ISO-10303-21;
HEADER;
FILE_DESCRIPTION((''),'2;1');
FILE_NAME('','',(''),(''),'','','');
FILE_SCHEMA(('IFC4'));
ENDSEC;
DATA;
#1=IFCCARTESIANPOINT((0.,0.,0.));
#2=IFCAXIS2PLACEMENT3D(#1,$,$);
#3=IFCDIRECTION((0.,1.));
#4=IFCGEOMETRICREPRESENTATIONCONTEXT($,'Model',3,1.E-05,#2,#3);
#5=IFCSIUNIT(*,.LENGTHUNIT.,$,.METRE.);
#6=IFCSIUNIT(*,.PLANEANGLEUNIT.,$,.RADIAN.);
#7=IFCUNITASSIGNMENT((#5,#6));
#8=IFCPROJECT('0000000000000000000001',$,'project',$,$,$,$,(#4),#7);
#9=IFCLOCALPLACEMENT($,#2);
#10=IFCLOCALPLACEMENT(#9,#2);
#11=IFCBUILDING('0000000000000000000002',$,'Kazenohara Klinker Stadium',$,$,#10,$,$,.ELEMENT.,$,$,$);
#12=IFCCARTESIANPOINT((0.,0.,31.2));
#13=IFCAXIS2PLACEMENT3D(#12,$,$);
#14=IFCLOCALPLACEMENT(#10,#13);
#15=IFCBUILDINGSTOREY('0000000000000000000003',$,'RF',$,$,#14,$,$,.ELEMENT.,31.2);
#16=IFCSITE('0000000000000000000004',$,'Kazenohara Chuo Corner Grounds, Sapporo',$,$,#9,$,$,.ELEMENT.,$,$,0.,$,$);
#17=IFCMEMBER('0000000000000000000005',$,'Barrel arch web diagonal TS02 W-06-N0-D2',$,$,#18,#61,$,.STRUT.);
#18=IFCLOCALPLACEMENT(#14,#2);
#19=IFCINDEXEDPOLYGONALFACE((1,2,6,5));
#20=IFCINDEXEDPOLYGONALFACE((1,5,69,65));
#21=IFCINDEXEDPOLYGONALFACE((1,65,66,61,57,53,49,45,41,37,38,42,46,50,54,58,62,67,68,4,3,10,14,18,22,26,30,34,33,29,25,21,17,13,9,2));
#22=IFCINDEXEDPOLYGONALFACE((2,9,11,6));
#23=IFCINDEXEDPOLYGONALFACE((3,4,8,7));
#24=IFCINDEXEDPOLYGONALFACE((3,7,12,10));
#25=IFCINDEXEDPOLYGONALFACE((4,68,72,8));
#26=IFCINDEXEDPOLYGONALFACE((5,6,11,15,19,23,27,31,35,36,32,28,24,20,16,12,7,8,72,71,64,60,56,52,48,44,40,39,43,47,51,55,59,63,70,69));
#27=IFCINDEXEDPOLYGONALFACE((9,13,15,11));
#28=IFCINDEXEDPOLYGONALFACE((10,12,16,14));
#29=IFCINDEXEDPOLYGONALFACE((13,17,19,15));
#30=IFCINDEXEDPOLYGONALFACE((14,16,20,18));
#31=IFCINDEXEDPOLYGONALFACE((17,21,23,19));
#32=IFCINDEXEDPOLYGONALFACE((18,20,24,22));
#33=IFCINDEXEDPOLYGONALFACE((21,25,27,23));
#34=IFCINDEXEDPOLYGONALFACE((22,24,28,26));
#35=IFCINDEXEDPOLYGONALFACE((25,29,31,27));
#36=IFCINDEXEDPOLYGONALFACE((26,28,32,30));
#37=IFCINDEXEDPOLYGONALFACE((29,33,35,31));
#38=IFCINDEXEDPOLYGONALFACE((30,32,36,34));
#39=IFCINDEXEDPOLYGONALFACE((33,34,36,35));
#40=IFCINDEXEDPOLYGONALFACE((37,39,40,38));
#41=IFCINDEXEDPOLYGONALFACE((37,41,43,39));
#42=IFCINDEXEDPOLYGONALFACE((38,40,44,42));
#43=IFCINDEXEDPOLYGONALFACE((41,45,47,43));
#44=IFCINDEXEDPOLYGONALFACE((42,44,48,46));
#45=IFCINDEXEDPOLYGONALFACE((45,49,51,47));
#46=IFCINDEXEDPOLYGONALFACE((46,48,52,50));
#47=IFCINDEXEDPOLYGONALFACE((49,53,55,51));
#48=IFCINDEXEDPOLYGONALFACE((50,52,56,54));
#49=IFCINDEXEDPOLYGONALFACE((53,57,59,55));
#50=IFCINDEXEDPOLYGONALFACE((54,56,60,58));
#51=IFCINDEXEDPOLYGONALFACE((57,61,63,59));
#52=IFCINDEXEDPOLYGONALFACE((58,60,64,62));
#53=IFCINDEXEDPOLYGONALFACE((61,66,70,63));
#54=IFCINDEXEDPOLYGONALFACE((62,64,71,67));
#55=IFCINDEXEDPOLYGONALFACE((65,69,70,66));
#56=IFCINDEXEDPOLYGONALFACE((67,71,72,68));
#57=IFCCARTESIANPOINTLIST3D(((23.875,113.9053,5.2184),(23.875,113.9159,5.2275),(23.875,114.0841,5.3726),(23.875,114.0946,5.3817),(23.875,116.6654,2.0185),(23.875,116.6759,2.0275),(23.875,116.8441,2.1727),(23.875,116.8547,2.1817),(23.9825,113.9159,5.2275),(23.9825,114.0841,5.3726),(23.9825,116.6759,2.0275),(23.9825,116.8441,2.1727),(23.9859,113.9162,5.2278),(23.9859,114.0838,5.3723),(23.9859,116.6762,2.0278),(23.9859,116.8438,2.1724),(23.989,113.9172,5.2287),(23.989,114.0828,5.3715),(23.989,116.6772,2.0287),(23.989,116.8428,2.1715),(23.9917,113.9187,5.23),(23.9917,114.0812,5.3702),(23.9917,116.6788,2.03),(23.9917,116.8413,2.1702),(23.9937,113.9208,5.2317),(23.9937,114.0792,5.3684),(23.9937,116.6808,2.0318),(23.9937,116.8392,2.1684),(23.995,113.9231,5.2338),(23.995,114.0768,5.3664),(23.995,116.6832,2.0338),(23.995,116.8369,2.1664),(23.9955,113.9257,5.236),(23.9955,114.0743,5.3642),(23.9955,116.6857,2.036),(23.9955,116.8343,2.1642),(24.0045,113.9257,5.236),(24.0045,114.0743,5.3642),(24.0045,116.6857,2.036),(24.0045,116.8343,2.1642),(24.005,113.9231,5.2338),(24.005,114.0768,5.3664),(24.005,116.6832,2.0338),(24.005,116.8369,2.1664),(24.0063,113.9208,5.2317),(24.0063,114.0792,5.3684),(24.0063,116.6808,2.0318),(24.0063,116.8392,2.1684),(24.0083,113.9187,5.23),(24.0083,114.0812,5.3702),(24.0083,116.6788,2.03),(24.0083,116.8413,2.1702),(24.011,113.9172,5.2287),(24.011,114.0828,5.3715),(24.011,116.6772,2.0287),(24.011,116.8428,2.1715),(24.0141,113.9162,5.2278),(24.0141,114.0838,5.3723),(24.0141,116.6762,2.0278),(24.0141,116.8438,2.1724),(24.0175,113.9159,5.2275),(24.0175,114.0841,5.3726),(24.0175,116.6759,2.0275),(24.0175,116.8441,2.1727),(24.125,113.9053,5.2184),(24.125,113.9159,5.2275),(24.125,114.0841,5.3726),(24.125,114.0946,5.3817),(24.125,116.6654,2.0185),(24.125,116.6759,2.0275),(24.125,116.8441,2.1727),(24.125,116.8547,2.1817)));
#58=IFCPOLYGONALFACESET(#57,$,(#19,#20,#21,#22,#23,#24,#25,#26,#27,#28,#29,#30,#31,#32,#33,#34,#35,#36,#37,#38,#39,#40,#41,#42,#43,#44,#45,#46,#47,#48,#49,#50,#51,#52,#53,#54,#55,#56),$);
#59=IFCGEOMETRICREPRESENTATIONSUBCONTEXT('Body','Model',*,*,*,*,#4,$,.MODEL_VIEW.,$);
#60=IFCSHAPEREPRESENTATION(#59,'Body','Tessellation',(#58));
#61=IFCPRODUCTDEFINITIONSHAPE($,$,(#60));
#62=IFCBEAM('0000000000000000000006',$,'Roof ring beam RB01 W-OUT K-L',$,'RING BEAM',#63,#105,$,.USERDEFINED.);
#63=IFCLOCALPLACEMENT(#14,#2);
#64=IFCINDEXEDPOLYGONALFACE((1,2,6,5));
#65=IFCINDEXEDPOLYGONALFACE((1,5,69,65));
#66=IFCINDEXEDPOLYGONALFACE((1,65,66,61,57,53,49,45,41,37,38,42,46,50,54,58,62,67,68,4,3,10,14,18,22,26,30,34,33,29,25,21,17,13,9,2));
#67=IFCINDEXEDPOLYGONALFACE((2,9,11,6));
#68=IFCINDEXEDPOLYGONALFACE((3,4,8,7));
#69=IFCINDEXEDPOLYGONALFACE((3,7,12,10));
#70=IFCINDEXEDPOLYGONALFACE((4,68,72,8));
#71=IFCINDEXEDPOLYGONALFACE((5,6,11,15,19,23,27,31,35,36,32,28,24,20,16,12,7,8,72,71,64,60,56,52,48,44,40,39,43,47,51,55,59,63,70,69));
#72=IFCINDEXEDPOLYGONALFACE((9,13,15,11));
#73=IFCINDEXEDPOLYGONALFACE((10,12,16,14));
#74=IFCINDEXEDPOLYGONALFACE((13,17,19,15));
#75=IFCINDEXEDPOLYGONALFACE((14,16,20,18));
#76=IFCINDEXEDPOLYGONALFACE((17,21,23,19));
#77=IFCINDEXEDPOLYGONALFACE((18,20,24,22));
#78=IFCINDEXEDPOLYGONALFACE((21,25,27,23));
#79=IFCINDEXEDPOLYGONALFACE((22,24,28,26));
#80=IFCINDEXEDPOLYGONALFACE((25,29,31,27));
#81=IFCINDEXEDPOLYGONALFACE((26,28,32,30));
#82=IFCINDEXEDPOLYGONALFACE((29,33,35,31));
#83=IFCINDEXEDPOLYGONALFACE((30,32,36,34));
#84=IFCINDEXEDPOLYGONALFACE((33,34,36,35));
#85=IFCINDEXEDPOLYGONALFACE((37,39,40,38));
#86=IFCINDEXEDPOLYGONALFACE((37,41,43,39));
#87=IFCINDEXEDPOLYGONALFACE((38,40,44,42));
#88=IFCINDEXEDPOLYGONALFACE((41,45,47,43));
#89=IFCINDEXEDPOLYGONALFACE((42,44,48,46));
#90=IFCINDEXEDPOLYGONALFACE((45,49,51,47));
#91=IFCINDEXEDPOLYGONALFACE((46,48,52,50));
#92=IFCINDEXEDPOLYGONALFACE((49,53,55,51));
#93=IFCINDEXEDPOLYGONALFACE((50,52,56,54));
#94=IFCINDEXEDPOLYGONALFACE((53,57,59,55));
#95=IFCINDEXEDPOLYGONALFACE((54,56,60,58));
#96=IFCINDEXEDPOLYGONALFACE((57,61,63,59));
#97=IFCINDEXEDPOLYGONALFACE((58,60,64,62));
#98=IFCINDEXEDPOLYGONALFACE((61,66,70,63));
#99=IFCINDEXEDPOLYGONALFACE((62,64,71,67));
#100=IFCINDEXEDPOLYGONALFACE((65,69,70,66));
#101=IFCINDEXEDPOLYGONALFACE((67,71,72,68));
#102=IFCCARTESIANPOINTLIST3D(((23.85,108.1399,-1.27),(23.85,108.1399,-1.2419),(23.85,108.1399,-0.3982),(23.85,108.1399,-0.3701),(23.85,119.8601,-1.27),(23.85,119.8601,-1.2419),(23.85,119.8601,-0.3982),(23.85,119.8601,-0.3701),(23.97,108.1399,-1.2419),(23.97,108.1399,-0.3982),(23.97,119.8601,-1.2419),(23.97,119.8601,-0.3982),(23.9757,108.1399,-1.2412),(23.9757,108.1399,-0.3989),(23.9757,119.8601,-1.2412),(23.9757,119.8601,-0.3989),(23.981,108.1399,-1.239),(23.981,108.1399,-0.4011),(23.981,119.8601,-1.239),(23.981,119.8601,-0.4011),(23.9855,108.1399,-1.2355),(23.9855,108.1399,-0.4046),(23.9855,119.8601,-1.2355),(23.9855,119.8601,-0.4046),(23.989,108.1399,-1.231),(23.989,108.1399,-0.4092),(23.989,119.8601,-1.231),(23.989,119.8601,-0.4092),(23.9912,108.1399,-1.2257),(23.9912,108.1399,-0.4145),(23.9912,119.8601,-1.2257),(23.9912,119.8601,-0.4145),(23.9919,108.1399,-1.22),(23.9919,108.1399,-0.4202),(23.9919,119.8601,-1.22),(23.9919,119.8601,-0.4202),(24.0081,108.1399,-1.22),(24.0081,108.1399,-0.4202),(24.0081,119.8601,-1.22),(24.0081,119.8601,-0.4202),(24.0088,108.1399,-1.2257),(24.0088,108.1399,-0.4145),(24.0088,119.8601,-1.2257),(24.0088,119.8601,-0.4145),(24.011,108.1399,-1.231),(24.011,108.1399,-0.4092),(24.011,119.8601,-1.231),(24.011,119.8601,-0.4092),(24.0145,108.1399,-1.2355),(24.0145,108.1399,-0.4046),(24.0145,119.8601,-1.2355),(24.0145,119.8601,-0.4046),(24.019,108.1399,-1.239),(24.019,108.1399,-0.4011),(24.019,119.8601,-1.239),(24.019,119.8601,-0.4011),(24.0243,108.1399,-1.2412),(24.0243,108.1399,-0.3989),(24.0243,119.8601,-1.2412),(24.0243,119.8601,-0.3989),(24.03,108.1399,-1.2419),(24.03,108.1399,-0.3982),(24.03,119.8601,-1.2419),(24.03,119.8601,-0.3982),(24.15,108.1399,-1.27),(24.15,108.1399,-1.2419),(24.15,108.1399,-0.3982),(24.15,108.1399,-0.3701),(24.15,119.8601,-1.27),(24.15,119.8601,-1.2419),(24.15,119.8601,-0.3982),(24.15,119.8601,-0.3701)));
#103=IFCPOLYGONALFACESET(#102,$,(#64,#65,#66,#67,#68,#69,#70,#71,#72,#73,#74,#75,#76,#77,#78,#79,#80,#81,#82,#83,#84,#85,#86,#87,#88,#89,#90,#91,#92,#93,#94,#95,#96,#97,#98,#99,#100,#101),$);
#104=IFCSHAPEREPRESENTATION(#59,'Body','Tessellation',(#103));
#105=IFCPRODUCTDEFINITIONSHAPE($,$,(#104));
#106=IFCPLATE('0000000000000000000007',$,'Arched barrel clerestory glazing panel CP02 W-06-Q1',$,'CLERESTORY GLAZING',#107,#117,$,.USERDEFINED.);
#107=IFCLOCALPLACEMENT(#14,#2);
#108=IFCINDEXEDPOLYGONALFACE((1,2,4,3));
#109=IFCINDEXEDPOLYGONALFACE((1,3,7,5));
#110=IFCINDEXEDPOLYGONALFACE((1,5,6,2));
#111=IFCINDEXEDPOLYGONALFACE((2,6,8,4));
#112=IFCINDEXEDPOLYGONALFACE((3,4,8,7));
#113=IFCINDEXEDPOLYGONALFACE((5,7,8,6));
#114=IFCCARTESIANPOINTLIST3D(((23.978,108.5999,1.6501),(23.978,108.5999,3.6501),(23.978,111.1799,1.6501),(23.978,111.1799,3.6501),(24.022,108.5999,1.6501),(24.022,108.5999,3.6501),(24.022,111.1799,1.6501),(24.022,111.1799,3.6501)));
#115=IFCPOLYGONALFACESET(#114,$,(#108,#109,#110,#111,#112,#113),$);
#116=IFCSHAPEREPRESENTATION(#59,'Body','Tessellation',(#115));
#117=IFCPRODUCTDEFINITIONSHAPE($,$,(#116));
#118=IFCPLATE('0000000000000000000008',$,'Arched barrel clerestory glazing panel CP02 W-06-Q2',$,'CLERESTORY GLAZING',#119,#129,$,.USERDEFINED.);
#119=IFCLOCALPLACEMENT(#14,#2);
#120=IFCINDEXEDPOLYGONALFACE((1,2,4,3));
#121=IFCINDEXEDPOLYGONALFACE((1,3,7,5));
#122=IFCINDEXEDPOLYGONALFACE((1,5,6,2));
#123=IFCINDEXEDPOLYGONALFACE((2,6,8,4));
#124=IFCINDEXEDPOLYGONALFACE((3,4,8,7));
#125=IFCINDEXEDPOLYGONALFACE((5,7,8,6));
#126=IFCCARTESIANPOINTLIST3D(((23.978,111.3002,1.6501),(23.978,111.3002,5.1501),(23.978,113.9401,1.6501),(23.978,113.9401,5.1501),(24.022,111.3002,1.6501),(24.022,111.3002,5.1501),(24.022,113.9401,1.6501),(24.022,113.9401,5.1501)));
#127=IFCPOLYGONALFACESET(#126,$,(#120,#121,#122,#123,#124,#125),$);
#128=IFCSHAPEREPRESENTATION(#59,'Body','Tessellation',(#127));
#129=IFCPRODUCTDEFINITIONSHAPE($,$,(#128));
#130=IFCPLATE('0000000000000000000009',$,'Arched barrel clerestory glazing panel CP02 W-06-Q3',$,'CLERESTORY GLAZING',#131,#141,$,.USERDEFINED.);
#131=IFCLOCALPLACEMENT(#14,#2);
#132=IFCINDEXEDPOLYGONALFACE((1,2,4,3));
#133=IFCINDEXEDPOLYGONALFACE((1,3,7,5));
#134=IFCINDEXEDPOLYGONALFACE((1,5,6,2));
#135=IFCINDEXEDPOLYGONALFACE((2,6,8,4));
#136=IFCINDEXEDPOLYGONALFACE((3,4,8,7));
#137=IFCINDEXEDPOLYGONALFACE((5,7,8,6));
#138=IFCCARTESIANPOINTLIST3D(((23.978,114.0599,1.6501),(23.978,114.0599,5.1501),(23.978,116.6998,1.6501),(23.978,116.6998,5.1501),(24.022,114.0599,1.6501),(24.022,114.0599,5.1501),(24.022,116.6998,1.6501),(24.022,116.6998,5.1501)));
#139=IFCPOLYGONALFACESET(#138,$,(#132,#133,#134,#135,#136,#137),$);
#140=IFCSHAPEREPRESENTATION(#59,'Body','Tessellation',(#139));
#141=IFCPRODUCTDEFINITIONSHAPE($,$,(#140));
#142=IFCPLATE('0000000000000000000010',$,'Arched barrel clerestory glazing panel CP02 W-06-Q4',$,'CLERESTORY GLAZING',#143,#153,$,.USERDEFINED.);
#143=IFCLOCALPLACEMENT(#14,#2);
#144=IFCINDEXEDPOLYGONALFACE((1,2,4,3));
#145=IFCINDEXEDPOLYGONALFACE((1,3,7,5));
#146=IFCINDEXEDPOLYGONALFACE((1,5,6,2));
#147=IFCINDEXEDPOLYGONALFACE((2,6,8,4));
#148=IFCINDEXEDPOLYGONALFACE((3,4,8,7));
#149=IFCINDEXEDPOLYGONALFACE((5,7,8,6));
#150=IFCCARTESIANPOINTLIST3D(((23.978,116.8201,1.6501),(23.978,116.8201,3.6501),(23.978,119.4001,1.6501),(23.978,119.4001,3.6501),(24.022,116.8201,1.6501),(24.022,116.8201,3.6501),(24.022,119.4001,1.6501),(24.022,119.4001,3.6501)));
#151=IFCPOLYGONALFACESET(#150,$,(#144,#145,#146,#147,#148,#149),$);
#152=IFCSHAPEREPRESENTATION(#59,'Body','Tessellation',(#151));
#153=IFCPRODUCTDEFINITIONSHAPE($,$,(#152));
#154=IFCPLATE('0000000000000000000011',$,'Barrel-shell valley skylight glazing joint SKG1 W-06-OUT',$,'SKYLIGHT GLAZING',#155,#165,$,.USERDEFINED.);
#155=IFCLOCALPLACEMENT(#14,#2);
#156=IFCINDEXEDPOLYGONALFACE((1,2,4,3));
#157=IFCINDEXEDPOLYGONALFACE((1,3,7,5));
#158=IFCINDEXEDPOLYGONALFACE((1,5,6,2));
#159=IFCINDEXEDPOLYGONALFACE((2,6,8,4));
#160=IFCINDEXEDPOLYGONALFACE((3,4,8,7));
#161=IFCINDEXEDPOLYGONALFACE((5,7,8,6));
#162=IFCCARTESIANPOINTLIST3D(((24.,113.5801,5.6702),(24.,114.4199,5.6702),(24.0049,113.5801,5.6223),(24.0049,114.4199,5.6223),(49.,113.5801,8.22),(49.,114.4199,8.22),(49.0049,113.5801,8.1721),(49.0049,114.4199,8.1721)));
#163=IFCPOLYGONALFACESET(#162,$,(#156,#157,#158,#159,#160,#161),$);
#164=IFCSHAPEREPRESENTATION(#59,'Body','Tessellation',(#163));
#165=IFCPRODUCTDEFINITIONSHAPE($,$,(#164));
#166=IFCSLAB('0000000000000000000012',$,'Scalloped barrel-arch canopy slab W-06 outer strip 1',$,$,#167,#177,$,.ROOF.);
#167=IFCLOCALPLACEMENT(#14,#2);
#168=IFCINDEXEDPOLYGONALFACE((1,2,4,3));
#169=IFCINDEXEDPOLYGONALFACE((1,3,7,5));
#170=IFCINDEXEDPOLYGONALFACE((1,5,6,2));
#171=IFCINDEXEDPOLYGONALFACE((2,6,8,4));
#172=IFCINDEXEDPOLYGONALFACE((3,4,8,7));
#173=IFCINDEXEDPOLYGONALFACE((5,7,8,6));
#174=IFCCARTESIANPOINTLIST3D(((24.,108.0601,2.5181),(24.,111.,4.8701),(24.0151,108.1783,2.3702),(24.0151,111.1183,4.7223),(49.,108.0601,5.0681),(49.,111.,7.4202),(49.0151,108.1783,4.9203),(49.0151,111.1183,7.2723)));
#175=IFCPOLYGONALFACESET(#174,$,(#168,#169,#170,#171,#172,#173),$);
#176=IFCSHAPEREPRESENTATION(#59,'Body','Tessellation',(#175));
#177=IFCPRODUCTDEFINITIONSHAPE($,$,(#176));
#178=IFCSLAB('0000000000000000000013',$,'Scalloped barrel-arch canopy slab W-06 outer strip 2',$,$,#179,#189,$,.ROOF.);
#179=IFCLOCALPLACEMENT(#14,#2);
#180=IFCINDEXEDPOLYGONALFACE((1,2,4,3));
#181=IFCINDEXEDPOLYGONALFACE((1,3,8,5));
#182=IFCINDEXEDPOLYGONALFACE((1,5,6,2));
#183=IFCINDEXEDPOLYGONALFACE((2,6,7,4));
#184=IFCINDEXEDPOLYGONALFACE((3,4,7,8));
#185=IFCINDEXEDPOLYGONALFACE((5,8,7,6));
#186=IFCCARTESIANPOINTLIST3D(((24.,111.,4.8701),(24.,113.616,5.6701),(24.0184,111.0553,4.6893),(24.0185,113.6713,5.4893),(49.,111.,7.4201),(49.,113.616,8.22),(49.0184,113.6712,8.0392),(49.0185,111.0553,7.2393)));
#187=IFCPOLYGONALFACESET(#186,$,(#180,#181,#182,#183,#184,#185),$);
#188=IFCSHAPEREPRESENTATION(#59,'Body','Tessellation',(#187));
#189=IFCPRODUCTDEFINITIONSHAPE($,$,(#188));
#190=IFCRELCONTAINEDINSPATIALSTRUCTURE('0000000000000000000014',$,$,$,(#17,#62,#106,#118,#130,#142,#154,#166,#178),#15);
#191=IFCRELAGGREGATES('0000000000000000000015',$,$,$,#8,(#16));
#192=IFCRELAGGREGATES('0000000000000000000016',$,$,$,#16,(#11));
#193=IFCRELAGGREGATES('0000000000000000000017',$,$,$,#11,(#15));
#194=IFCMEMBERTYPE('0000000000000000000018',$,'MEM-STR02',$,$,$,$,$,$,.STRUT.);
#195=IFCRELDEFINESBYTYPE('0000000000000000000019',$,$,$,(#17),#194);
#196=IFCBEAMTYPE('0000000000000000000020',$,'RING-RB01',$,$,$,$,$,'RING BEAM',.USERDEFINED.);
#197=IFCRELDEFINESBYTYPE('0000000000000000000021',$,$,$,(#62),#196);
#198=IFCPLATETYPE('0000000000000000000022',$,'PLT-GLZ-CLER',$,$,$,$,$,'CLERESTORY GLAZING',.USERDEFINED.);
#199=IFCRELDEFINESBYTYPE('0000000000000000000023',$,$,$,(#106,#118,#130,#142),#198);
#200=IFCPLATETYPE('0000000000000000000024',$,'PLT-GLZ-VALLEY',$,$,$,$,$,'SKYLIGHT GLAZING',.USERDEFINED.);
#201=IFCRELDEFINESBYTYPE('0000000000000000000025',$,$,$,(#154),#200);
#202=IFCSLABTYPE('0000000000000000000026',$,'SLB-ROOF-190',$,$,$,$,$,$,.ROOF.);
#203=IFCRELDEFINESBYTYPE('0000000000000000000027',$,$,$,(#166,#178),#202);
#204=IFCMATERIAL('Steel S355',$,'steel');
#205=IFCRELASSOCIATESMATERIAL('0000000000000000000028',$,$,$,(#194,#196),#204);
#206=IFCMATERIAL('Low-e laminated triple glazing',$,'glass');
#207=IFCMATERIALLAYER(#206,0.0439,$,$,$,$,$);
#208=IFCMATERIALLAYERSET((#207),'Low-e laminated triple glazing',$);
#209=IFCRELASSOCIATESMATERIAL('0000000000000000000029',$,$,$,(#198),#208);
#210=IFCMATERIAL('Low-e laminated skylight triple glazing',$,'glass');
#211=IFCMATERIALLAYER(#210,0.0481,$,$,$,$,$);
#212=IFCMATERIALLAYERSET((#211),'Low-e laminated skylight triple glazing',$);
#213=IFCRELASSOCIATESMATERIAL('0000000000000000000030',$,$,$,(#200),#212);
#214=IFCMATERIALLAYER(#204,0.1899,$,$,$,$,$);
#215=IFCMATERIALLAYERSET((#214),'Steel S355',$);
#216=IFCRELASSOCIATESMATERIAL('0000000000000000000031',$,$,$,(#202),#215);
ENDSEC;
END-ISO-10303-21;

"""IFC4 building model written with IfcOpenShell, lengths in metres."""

from ifc_helpers import new_model, si_unit, direction, frame, origin, origin_2d, place, context, subcontext, project, spatial, polyline, rectangle, i_section, outline, extrude, material, layer, layer_set, material_profile, profile_set, type_object, element, save


model = new_model("IFC4")

# Units and contexts
model_context = context("Model", 3, precision=1e-05, world=origin(), true_north=direction((0.0, 1.0)))
body_context = subcontext(model_context, "Body", "Model", "MODEL_VIEW")
ifc_project = project(units=[si_unit("LENGTHUNIT", "METRE"), si_unit("PLANEANGLEUNIT", "RADIAN")], contexts=[model_context])

# Site, building, storey
site_placement = place(None, origin())
site = spatial("IfcSite", under=ifc_project, at=site_placement, Name="Kazenohara Chuo Corner Grounds, Sapporo", CompositionType="ELEMENT", RefElevation=0.0)
building_placement = place(site_placement, origin())
building = spatial("IfcBuilding", under=site, at=building_placement, Name="Kazenohara Klinker Stadium", CompositionType="ELEMENT")
storey_placement = place(building_placement, frame((0.0, 0.0, 31.2)))
storey = spatial("IfcBuildingStorey", under=building, at=storey_placement, Name="RF", CompositionType="ELEMENT", Elevation=31.2)

# Member
ifc_material_1 = material(Name="Steel S355", Category="steel")
ifc_material_profile_1 = material_profile(ifc_material_1, i_section(OverallWidth=0.25, OverallDepth=0.25, WebThickness=0.009, FlangeThickness=0.0139, FilletRadius=0.0129, at=origin_2d()), Name="H-250x250x9x14")
ifc_profile_set_1 = profile_set([ifc_material_profile_1], Name="Steel S355")
member_type_1 = type_object("IfcMemberType", Name="MEM-STR02", PredefinedType="STRUT", material=ifc_profile_set_1)
for number, where, z_axis, x_axis, name in (
    (1, (24.0, 116.76, 2.1001), (0.0, -0.653134, 0.757242), (1.0, 0.0, 0.0), "Barrel arch web diagonal TS02 W-06-N0-D2"),
):
    element("IfcMember", number, at=place(storey_placement, frame(where, z_axis=z_axis, x_axis=x_axis)), inside=storey, type_object=member_type_1, Name=name, PredefinedType="STRUT", context=body_context, shape_type="SweptSolid", body=[
        extrude(i_section(OverallWidth=0.25, OverallDepth=0.25, WebThickness=0.009, FlangeThickness=0.0139, FilletRadius=0.0129, at=origin_2d()), origin(), (0.0, 0.0, 1.0), 4.2258),
    ])

# Beam
ifc_material_profile_2 = material_profile(ifc_material_1, i_section(OverallWidth=0.3, OverallDepth=0.8999, WebThickness=0.0161, FlangeThickness=0.0281, FilletRadius=0.022, at=origin_2d()), Name="H-900x300x16x28")
ifc_profile_set_2 = profile_set([ifc_material_profile_2], Name="Steel S355")
beam_type = type_object("IfcBeamType", Name="RING-RB01", ElementType="RING BEAM", PredefinedType="USERDEFINED", material=ifc_profile_set_2)
beam_placement = place(storey_placement, frame((24.0, 108.1399, -0.8201), z_axis=(0.0, 1.0, 0.0), x_axis=(-1.0, 0.0, 0.0)))
element("IfcBeam", 2, at=beam_placement, inside=storey, type_object=beam_type, Name="Roof ring beam RB01 W-OUT K-L", ObjectType="RING BEAM", PredefinedType="USERDEFINED", context=body_context, shape_type="SweptSolid", body=[
    extrude(i_section(OverallWidth=0.3, OverallDepth=0.8999, WebThickness=0.0161, FlangeThickness=0.0281, FilletRadius=0.022, at=origin_2d()), origin(), (0.0, 0.0, 1.0), 11.7202),
])

# Plates
ifc_material_2 = material(Name="Low-e laminated triple glazing", Category="glass")
ifc_layer_1 = layer(ifc_material_2, 0.0439)
ifc_layer_set_1 = layer_set([ifc_layer_1], Name="Low-e laminated triple glazing")
plate_type_1 = type_object("IfcPlateType", Name="PLT-GLZ-CLER", ElementType="CLERESTORY GLAZING", PredefinedType="USERDEFINED", material=ifc_layer_set_1)
plate_1_placement = place(storey_placement, frame((24.0, 109.8899, 1.6501), z_axis=(0.0, 0.0, 1.0), x_axis=(1.0, 0.0, 0.0)))
element("IfcPlate", 3, at=plate_1_placement, inside=storey, type_object=plate_type_1, Name="Arched barrel clerestory glazing panel CP02 W-06-Q1", ObjectType="CLERESTORY GLAZING", PredefinedType="USERDEFINED", context=body_context, shape_type="SweptSolid", body=[
    extrude(rectangle(XDim=0.0439, YDim=2.5801, at=origin_2d()), origin(), (0.0, 0.0, 1.0), 2.0),
])
for number, where, z_axis, x_axis, name in (
    (4, (24.0, 112.6201, 1.6501), (0.0, 0.0, 1.0), (1.0, 0.0, 0.0), "Arched barrel clerestory glazing panel CP02 W-06-Q2"),
    (5, (24.0, 115.3799, 1.6501), (0.0, 0.0, 1.0), (1.0, 0.0, 0.0), "Arched barrel clerestory glazing panel CP02 W-06-Q3"),
):
    element("IfcPlate", number, at=place(storey_placement, frame(where, z_axis=z_axis, x_axis=x_axis)), inside=storey, type_object=plate_type_1, Name=name, ObjectType="CLERESTORY GLAZING", PredefinedType="USERDEFINED", context=body_context, shape_type="SweptSolid", body=[
        extrude(rectangle(XDim=0.0439, YDim=2.6399, at=origin_2d()), origin(), (0.0, 0.0, 1.0), 3.5),
    ])
plate_2_placement = place(storey_placement, frame((24.0, 118.1101, 1.6501), z_axis=(0.0, 0.0, 1.0), x_axis=(1.0, 0.0, 0.0)))
element("IfcPlate", 6, at=plate_2_placement, inside=storey, type_object=plate_type_1, Name="Arched barrel clerestory glazing panel CP02 W-06-Q4", ObjectType="CLERESTORY GLAZING", PredefinedType="USERDEFINED", context=body_context, shape_type="SweptSolid", body=[
    extrude(rectangle(XDim=0.0439, YDim=2.5801, at=origin_2d()), origin(), (0.0, 0.0, 1.0), 2.0),
])
ifc_material_3 = material(Name="Low-e laminated skylight triple glazing", Category="glass")
ifc_layer_2 = layer(ifc_material_3, 0.0481)
ifc_layer_set_2 = layer_set([ifc_layer_2], Name="Low-e laminated skylight triple glazing")
plate_type_2 = type_object("IfcPlateType", Name="PLT-GLZ-VALLEY", ElementType="SKYLIGHT GLAZING", PredefinedType="USERDEFINED", material=ifc_layer_set_2)
plate_3_placement = place(storey_placement, frame((24.0, 113.5801, 5.6702), z_axis=(-0.101466, 0.0, 0.994839), x_axis=(0.994839, 0.0, 0.101466)))
element("IfcPlate", 7, at=plate_3_placement, inside=storey, type_object=plate_type_2, Name="Barrel-shell valley skylight glazing joint SKG1 W-06-OUT", ObjectType="SKYLIGHT GLAZING", PredefinedType="USERDEFINED", context=body_context, shape_type="SweptSolid", body=[
    extrude(outline(polyline([(0.0, 0.0), (25.1297, 0.0), (25.1297, 0.8398), (0.0, 0.8398), (0.0, 0.0)])), origin(), (0.0, 0.0, -1.0), 0.0481),
])

# Slabs
ifc_layer_3 = layer(ifc_material_1, 0.1899)
ifc_layer_set_3 = layer_set([ifc_layer_3], Name="Steel S355")
slab_type = type_object("IfcSlabType", Name="SLB-ROOF-190", PredefinedType="ROOF", material=ifc_layer_set_3)
slab_1_placement = place(storey_placement, frame((24.0, 108.0601, 2.5181), z_axis=(-0.079397, -0.622739, 0.778391), x_axis=(0.994838, 0.0, 0.101475)))
element("IfcSlab", 8, at=slab_1_placement, inside=storey, type_object=slab_type, Name="Scalloped barrel-arch canopy slab W-06 outer strip 1", PredefinedType="ROOF", context=body_context, shape_type="SweptSolid", body=[
    extrude(outline(polyline([(0.0, 0.0), (25.1297, 0.0), (25.3684, 3.7575), (0.2387, 3.7575), (0.0, 0.0)])), origin(), (0.0, 0.0, -1.0), 0.1899),
])
slab_2_placement = place(storey_placement, frame((24.0, 111.0, 4.8701), z_axis=(-0.097078, -0.291039, 0.951773), x_axis=(0.994838, 0.000001, 0.101471)))
element("IfcSlab", 9, at=slab_2_placement, inside=storey, type_object=slab_type, Name="Scalloped barrel-arch canopy slab W-06 outer strip 2", PredefinedType="ROOF", context=body_context, shape_type="SweptSolid", body=[
    extrude(outline(polyline([(0.0, 0.0), (25.1297, 0.0), (25.2109, 2.7343), (0.0812, 2.7344), (0.0, 0.0)])), origin(), (0.0, 0.0, -1.0), 0.1899),
])

save(model, "model.ifc")
